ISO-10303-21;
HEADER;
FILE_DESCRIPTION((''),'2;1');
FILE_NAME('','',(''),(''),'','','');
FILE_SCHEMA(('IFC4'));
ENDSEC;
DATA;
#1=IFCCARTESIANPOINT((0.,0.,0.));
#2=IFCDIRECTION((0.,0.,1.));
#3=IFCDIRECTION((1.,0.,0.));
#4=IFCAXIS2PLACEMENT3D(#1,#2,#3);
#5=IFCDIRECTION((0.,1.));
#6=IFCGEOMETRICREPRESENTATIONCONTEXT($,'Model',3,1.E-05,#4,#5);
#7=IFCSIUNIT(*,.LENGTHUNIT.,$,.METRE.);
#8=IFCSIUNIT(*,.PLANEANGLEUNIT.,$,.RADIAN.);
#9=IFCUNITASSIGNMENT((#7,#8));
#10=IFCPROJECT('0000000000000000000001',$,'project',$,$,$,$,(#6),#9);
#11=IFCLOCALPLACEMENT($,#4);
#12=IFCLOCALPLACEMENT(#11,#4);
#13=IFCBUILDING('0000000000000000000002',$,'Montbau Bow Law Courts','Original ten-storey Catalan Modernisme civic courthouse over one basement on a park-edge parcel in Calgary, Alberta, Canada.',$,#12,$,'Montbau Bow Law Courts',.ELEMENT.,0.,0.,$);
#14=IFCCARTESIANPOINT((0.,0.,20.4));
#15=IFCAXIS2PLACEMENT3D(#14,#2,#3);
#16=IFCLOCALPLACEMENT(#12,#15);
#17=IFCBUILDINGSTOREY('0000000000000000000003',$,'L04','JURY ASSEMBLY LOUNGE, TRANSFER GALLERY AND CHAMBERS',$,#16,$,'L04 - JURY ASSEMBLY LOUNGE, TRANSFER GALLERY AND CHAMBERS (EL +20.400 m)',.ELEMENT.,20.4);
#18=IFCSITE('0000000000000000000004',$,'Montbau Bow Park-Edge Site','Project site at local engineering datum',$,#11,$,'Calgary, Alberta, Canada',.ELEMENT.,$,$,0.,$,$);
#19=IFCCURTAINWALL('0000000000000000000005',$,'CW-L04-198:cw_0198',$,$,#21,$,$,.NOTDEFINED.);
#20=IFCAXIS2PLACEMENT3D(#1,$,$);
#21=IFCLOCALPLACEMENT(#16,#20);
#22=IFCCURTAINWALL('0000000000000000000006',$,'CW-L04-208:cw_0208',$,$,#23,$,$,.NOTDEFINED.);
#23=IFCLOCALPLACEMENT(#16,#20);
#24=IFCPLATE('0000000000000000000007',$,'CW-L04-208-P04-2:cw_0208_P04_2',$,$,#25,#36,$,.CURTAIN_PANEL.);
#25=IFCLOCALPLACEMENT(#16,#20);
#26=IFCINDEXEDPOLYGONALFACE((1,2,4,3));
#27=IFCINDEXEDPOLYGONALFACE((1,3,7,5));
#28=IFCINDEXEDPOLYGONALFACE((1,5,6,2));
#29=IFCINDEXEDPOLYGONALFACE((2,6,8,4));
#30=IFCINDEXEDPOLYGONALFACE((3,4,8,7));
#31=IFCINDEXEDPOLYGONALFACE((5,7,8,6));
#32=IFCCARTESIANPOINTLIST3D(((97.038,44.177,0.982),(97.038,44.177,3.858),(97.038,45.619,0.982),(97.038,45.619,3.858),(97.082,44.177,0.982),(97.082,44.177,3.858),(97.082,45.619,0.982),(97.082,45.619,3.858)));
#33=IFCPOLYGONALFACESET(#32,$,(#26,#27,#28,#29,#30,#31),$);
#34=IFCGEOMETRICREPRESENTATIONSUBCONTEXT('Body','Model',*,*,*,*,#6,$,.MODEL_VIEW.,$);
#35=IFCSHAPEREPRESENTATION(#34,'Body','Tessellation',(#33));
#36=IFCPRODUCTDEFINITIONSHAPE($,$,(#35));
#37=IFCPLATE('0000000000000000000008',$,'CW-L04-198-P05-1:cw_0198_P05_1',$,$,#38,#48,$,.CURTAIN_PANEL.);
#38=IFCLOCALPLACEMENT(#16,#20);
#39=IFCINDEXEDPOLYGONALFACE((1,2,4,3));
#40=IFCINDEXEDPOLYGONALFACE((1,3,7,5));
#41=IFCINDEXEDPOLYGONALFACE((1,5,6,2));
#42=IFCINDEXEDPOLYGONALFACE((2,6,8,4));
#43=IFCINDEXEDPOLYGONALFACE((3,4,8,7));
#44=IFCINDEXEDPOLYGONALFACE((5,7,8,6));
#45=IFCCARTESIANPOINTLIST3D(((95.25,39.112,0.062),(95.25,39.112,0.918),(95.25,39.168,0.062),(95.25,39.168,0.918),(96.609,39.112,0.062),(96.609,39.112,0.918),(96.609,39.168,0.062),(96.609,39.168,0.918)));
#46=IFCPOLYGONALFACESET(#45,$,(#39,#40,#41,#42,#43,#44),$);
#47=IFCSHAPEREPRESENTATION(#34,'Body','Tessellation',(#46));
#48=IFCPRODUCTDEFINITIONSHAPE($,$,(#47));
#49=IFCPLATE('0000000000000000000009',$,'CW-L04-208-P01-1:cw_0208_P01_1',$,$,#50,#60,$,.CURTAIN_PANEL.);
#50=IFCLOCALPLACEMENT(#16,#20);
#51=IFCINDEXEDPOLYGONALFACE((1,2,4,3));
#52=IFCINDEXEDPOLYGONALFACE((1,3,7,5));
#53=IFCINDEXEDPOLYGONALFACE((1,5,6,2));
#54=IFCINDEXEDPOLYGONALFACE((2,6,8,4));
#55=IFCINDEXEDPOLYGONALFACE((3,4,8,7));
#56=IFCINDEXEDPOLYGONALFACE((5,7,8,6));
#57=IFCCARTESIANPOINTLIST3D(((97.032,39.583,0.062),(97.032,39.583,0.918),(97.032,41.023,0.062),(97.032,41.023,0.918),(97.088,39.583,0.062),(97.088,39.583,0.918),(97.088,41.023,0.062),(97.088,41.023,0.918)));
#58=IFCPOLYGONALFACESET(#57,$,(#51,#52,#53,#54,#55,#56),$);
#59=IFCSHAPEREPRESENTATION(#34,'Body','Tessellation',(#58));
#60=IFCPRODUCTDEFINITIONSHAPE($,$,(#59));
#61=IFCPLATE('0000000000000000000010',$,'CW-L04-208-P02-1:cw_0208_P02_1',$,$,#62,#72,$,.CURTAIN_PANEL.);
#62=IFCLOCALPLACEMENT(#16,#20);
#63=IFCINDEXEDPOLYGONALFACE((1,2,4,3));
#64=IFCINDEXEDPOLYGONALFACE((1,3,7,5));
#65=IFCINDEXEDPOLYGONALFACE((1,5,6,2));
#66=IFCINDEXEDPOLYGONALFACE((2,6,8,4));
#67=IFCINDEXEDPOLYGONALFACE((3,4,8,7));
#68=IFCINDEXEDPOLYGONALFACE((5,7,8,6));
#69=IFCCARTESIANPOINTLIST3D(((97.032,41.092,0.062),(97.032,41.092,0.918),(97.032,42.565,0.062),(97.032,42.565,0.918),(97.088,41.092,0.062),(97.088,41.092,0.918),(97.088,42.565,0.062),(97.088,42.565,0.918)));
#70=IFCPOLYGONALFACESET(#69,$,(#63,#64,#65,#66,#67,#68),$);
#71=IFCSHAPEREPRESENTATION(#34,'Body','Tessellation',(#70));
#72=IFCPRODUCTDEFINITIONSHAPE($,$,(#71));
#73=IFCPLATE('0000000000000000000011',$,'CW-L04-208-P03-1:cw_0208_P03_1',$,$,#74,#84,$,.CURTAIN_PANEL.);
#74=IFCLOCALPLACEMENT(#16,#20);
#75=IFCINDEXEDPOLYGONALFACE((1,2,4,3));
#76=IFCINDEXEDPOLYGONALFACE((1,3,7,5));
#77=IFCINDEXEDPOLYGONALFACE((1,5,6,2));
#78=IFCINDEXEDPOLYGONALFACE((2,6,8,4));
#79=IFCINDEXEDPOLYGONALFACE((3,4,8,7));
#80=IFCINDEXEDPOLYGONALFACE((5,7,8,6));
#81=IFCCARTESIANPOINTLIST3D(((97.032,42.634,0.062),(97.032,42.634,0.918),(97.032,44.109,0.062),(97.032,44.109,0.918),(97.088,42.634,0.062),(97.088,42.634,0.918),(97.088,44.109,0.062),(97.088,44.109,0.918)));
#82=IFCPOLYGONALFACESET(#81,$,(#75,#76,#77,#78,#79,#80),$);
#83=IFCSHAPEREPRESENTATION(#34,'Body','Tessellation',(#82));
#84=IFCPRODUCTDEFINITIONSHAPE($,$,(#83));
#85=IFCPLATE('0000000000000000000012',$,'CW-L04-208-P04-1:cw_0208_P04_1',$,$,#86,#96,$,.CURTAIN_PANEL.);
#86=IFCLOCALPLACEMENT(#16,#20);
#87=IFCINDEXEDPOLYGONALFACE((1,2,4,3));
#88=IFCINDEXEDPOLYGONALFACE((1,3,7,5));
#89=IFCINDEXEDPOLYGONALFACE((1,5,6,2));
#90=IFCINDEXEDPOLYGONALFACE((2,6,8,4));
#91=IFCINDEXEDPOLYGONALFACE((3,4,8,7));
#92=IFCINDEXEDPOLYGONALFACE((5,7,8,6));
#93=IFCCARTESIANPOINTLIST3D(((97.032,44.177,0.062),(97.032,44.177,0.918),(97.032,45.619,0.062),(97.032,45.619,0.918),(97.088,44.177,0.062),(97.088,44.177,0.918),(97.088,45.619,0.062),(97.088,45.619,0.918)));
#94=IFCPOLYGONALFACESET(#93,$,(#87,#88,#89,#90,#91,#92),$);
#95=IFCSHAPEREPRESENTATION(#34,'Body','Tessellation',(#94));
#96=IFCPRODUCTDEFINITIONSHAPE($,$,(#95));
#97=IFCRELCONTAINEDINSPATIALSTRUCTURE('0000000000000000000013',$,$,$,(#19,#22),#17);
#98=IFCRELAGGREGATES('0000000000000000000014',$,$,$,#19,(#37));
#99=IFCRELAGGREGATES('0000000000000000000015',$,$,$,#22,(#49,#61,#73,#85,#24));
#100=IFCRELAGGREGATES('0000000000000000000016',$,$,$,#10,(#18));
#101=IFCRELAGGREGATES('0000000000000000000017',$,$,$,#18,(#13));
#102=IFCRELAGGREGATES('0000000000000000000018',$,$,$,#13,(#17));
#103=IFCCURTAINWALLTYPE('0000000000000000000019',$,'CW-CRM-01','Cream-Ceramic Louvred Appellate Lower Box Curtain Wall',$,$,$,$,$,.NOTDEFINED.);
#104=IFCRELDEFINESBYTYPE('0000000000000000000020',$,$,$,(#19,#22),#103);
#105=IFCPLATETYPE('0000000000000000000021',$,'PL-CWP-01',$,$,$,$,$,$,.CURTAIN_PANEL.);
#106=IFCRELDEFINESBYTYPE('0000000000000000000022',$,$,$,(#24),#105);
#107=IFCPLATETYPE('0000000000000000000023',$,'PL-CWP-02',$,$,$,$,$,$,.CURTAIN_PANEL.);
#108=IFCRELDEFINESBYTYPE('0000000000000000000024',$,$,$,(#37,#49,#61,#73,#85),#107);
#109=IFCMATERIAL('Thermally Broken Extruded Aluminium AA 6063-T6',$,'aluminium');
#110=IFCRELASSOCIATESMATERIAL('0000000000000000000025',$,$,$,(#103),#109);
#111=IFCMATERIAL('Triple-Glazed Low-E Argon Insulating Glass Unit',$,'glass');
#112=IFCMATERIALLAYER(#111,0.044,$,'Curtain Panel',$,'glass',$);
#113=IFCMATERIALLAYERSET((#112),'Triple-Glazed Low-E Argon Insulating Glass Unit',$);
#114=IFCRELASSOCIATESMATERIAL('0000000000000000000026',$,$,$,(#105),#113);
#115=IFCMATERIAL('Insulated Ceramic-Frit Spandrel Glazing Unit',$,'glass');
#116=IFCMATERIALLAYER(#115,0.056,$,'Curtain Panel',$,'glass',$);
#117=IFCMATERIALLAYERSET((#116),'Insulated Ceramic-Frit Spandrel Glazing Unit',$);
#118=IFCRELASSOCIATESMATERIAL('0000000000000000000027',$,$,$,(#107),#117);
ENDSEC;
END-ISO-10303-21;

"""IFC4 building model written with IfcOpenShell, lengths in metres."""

from ifc_helpers import new_model, si_unit, direction, frame, frame_2d, origin_with_axes, place, context, subcontext, project, spatial, rectangle, extrude, material, layer, layer_set, type_object, element, aggregate, save


model = new_model("IFC4")

# Units and contexts
model_context = context("Model", 3, precision=1e-05, world=origin_with_axes(), true_north=direction((0.0, 1.0)))
body_context = subcontext(model_context, "Body", "Model", "MODEL_VIEW")
ifc_project = project(units=[si_unit("LENGTHUNIT", "METRE"), si_unit("PLANEANGLEUNIT", "RADIAN")], contexts=[model_context])

# Site, building, storey
site_placement = place(None, origin_with_axes())
site = spatial("IfcSite", under=ifc_project, at=site_placement, Name="Montbau Bow Park-Edge Site", Description="Project site at local engineering datum", LongName="Calgary, Alberta, Canada", CompositionType="ELEMENT", RefElevation=0.0)
building_placement = place(site_placement, origin_with_axes())
building = spatial("IfcBuilding", under=site, at=building_placement, Name="Montbau Bow Law Courts", Description="Original ten-storey Catalan Modernisme civic courthouse over one basement on a park-edge parcel in Calgary, Alberta, Canada.", LongName="Montbau Bow Law Courts", CompositionType="ELEMENT", ElevationOfRefHeight=0.0, ElevationOfTerrain=0.0)
storey_placement = place(building_placement, frame((0.0, 0.0, 20.4), z_axis=(0.0, 0.0, 1.0), x_axis=(1.0, 0.0, 0.0)))
storey = spatial("IfcBuildingStorey", under=building, at=storey_placement, Name="L04", Description="JURY ASSEMBLY LOUNGE, TRANSFER GALLERY AND CHAMBERS", LongName="L04 - JURY ASSEMBLY LOUNGE, TRANSFER GALLERY AND CHAMBERS (EL +20.400 m)", CompositionType="ELEMENT", Elevation=20.4)

# Curtain walls
ifc_material_1 = material(Name="Thermally Broken Extruded Aluminium AA 6063-T6", Category="aluminium")
curtain_wall_type = type_object("IfcCurtainWallType", Name="CW-CRM-01", Description="Cream-Ceramic Louvred Appellate Lower Box Curtain Wall", PredefinedType="NOTDEFINED", material=ifc_material_1)
curtain_wall_1_placement = place(None, frame((89.315, 39.14, 20.4), z_axis=(0.0, 0.0, 1.0), x_axis=(1.0, 0.0, 0.0)))
curtain_wall_1 = element("IfcCurtainWall", 1, at=curtain_wall_1_placement, inside=storey, type_object=curtain_wall_type, Name="CW-L04-198:cw_0198", PredefinedType="NOTDEFINED")
curtain_wall_2_placement = place(None, frame((97.06, 39.515, 20.4), z_axis=(0.0, 0.0, 1.0), x_axis=(1.0, 0.0, 0.0)))
curtain_wall_2 = element("IfcCurtainWall", 2, at=curtain_wall_2_placement, inside=storey, type_object=curtain_wall_type, Name="CW-L04-208:cw_0208", PredefinedType="NOTDEFINED")

# Plates
ifc_material_2 = material(Name="Triple-Glazed Low-E Argon Insulating Glass Unit", Category="glass")
ifc_layer_1 = layer(ifc_material_2, 0.044, Name="Curtain Panel", Category="glass")
ifc_layer_set_1 = layer_set([ifc_layer_1], Name="Triple-Glazed Low-E Argon Insulating Glass Unit")
plate_type_1 = type_object("IfcPlateType", Name="PL-CWP-01", PredefinedType="CURTAIN_PANEL", material=ifc_layer_set_1)
plate_1_placement = place(None, frame((97.06, 44.177, 21.382), z_axis=(1.0, 0.0, 0.0), x_axis=(0.0, 1.0, 0.0)))
plate_1 = element("IfcPlate", 3, at=plate_1_placement, type_object=plate_type_1, Name="CW-L04-208-P04-2:cw_0208_P04_2", PredefinedType="CURTAIN_PANEL", context=body_context, shape_type="SweptSolid", body=[
    extrude(rectangle(XDim=1.442, YDim=2.876, at=frame_2d((0.721, 1.438), x_axis=(1.0, 0.0))), frame((0.0, 0.0, -0.022), z_axis=(0.0, 0.0, 1.0), x_axis=(1.0, 0.0, 0.0)), (0.0, 0.0, 1.0), 0.044),
])
ifc_material_3 = material(Name="Insulated Ceramic-Frit Spandrel Glazing Unit", Category="glass")
ifc_layer_2 = layer(ifc_material_3, 0.056, Name="Curtain Panel", Category="glass")
ifc_layer_set_2 = layer_set([ifc_layer_2], Name="Insulated Ceramic-Frit Spandrel Glazing Unit")
plate_type_2 = type_object("IfcPlateType", Name="PL-CWP-02", PredefinedType="CURTAIN_PANEL", material=ifc_layer_set_2)
plate_2_placement = place(None, frame((95.25, 39.14, 20.462), z_axis=(0.0, -1.0, 0.0), x_axis=(1.0, 0.0, 0.0)))
plate_2 = element("IfcPlate", 4, at=plate_2_placement, type_object=plate_type_2, Name="CW-L04-198-P05-1:cw_0198_P05_1", PredefinedType="CURTAIN_PANEL", context=body_context, shape_type="SweptSolid", body=[
    extrude(rectangle(XDim=1.359, YDim=0.856, at=frame_2d((0.6795, 0.428), x_axis=(1.0, 0.0))), frame((0.0, 0.0, -0.028), z_axis=(0.0, 0.0, 1.0), x_axis=(1.0, 0.0, 0.0)), (0.0, 0.0, 1.0), 0.056),
])
aggregate(curtain_wall_1, [plate_2])
plate_3_placement = place(None, frame((97.06, 39.583, 20.462), z_axis=(1.0, 0.0, 0.0), x_axis=(0.0, 1.0, 0.0)))
plate_3 = element("IfcPlate", 5, at=plate_3_placement, type_object=plate_type_2, Name="CW-L04-208-P01-1:cw_0208_P01_1", PredefinedType="CURTAIN_PANEL", context=body_context, shape_type="SweptSolid", body=[
    extrude(rectangle(XDim=1.44, YDim=0.856, at=frame_2d((0.72, 0.428), x_axis=(1.0, 0.0))), frame((0.0, 0.0, -0.028), z_axis=(0.0, 0.0, 1.0), x_axis=(1.0, 0.0, 0.0)), (0.0, 0.0, 1.0), 0.056),
])
plate_4_placement = place(None, frame((97.06, 41.092, 20.462), z_axis=(1.0, 0.0, 0.0), x_axis=(0.0, 1.0, 0.0)))
plate_4 = element("IfcPlate", 6, at=plate_4_placement, type_object=plate_type_2, Name="CW-L04-208-P02-1:cw_0208_P02_1", PredefinedType="CURTAIN_PANEL", context=body_context, shape_type="SweptSolid", body=[
    extrude(rectangle(XDim=1.473, YDim=0.856, at=frame_2d((0.7365, 0.428), x_axis=(1.0, 0.0))), frame((0.0, 0.0, -0.028), z_axis=(0.0, 0.0, 1.0), x_axis=(1.0, 0.0, 0.0)), (0.0, 0.0, 1.0), 0.056),
])
plate_5_placement = place(None, frame((97.06, 42.634, 20.462), z_axis=(1.0, 0.0, 0.0), x_axis=(0.0, 1.0, 0.0)))
plate_5 = element("IfcPlate", 7, at=plate_5_placement, type_object=plate_type_2, Name="CW-L04-208-P03-1:cw_0208_P03_1", PredefinedType="CURTAIN_PANEL", context=body_context, shape_type="SweptSolid", body=[
    extrude(rectangle(XDim=1.475, YDim=0.856, at=frame_2d((0.7375, 0.428), x_axis=(1.0, 0.0))), frame((0.0, 0.0, -0.028), z_axis=(0.0, 0.0, 1.0), x_axis=(1.0, 0.0, 0.0)), (0.0, 0.0, 1.0), 0.056),
])
plate_6_placement = place(None, frame((97.06, 44.177, 20.462), z_axis=(1.0, 0.0, 0.0), x_axis=(0.0, 1.0, 0.0)))
plate_6 = element("IfcPlate", 8, at=plate_6_placement, type_object=plate_type_2, Name="CW-L04-208-P04-1:cw_0208_P04_1", PredefinedType="CURTAIN_PANEL", context=body_context, shape_type="SweptSolid", body=[
    extrude(rectangle(XDim=1.442, YDim=0.856, at=frame_2d((0.721, 0.428), x_axis=(1.0, 0.0))), frame((0.0, 0.0, -0.028), z_axis=(0.0, 0.0, 1.0), x_axis=(1.0, 0.0, 0.0)), (0.0, 0.0, 1.0), 0.056),
])
aggregate(curtain_wall_2, [plate_3, plate_4, plate_5, plate_6, plate_1])

save(model, "model.ifc")
